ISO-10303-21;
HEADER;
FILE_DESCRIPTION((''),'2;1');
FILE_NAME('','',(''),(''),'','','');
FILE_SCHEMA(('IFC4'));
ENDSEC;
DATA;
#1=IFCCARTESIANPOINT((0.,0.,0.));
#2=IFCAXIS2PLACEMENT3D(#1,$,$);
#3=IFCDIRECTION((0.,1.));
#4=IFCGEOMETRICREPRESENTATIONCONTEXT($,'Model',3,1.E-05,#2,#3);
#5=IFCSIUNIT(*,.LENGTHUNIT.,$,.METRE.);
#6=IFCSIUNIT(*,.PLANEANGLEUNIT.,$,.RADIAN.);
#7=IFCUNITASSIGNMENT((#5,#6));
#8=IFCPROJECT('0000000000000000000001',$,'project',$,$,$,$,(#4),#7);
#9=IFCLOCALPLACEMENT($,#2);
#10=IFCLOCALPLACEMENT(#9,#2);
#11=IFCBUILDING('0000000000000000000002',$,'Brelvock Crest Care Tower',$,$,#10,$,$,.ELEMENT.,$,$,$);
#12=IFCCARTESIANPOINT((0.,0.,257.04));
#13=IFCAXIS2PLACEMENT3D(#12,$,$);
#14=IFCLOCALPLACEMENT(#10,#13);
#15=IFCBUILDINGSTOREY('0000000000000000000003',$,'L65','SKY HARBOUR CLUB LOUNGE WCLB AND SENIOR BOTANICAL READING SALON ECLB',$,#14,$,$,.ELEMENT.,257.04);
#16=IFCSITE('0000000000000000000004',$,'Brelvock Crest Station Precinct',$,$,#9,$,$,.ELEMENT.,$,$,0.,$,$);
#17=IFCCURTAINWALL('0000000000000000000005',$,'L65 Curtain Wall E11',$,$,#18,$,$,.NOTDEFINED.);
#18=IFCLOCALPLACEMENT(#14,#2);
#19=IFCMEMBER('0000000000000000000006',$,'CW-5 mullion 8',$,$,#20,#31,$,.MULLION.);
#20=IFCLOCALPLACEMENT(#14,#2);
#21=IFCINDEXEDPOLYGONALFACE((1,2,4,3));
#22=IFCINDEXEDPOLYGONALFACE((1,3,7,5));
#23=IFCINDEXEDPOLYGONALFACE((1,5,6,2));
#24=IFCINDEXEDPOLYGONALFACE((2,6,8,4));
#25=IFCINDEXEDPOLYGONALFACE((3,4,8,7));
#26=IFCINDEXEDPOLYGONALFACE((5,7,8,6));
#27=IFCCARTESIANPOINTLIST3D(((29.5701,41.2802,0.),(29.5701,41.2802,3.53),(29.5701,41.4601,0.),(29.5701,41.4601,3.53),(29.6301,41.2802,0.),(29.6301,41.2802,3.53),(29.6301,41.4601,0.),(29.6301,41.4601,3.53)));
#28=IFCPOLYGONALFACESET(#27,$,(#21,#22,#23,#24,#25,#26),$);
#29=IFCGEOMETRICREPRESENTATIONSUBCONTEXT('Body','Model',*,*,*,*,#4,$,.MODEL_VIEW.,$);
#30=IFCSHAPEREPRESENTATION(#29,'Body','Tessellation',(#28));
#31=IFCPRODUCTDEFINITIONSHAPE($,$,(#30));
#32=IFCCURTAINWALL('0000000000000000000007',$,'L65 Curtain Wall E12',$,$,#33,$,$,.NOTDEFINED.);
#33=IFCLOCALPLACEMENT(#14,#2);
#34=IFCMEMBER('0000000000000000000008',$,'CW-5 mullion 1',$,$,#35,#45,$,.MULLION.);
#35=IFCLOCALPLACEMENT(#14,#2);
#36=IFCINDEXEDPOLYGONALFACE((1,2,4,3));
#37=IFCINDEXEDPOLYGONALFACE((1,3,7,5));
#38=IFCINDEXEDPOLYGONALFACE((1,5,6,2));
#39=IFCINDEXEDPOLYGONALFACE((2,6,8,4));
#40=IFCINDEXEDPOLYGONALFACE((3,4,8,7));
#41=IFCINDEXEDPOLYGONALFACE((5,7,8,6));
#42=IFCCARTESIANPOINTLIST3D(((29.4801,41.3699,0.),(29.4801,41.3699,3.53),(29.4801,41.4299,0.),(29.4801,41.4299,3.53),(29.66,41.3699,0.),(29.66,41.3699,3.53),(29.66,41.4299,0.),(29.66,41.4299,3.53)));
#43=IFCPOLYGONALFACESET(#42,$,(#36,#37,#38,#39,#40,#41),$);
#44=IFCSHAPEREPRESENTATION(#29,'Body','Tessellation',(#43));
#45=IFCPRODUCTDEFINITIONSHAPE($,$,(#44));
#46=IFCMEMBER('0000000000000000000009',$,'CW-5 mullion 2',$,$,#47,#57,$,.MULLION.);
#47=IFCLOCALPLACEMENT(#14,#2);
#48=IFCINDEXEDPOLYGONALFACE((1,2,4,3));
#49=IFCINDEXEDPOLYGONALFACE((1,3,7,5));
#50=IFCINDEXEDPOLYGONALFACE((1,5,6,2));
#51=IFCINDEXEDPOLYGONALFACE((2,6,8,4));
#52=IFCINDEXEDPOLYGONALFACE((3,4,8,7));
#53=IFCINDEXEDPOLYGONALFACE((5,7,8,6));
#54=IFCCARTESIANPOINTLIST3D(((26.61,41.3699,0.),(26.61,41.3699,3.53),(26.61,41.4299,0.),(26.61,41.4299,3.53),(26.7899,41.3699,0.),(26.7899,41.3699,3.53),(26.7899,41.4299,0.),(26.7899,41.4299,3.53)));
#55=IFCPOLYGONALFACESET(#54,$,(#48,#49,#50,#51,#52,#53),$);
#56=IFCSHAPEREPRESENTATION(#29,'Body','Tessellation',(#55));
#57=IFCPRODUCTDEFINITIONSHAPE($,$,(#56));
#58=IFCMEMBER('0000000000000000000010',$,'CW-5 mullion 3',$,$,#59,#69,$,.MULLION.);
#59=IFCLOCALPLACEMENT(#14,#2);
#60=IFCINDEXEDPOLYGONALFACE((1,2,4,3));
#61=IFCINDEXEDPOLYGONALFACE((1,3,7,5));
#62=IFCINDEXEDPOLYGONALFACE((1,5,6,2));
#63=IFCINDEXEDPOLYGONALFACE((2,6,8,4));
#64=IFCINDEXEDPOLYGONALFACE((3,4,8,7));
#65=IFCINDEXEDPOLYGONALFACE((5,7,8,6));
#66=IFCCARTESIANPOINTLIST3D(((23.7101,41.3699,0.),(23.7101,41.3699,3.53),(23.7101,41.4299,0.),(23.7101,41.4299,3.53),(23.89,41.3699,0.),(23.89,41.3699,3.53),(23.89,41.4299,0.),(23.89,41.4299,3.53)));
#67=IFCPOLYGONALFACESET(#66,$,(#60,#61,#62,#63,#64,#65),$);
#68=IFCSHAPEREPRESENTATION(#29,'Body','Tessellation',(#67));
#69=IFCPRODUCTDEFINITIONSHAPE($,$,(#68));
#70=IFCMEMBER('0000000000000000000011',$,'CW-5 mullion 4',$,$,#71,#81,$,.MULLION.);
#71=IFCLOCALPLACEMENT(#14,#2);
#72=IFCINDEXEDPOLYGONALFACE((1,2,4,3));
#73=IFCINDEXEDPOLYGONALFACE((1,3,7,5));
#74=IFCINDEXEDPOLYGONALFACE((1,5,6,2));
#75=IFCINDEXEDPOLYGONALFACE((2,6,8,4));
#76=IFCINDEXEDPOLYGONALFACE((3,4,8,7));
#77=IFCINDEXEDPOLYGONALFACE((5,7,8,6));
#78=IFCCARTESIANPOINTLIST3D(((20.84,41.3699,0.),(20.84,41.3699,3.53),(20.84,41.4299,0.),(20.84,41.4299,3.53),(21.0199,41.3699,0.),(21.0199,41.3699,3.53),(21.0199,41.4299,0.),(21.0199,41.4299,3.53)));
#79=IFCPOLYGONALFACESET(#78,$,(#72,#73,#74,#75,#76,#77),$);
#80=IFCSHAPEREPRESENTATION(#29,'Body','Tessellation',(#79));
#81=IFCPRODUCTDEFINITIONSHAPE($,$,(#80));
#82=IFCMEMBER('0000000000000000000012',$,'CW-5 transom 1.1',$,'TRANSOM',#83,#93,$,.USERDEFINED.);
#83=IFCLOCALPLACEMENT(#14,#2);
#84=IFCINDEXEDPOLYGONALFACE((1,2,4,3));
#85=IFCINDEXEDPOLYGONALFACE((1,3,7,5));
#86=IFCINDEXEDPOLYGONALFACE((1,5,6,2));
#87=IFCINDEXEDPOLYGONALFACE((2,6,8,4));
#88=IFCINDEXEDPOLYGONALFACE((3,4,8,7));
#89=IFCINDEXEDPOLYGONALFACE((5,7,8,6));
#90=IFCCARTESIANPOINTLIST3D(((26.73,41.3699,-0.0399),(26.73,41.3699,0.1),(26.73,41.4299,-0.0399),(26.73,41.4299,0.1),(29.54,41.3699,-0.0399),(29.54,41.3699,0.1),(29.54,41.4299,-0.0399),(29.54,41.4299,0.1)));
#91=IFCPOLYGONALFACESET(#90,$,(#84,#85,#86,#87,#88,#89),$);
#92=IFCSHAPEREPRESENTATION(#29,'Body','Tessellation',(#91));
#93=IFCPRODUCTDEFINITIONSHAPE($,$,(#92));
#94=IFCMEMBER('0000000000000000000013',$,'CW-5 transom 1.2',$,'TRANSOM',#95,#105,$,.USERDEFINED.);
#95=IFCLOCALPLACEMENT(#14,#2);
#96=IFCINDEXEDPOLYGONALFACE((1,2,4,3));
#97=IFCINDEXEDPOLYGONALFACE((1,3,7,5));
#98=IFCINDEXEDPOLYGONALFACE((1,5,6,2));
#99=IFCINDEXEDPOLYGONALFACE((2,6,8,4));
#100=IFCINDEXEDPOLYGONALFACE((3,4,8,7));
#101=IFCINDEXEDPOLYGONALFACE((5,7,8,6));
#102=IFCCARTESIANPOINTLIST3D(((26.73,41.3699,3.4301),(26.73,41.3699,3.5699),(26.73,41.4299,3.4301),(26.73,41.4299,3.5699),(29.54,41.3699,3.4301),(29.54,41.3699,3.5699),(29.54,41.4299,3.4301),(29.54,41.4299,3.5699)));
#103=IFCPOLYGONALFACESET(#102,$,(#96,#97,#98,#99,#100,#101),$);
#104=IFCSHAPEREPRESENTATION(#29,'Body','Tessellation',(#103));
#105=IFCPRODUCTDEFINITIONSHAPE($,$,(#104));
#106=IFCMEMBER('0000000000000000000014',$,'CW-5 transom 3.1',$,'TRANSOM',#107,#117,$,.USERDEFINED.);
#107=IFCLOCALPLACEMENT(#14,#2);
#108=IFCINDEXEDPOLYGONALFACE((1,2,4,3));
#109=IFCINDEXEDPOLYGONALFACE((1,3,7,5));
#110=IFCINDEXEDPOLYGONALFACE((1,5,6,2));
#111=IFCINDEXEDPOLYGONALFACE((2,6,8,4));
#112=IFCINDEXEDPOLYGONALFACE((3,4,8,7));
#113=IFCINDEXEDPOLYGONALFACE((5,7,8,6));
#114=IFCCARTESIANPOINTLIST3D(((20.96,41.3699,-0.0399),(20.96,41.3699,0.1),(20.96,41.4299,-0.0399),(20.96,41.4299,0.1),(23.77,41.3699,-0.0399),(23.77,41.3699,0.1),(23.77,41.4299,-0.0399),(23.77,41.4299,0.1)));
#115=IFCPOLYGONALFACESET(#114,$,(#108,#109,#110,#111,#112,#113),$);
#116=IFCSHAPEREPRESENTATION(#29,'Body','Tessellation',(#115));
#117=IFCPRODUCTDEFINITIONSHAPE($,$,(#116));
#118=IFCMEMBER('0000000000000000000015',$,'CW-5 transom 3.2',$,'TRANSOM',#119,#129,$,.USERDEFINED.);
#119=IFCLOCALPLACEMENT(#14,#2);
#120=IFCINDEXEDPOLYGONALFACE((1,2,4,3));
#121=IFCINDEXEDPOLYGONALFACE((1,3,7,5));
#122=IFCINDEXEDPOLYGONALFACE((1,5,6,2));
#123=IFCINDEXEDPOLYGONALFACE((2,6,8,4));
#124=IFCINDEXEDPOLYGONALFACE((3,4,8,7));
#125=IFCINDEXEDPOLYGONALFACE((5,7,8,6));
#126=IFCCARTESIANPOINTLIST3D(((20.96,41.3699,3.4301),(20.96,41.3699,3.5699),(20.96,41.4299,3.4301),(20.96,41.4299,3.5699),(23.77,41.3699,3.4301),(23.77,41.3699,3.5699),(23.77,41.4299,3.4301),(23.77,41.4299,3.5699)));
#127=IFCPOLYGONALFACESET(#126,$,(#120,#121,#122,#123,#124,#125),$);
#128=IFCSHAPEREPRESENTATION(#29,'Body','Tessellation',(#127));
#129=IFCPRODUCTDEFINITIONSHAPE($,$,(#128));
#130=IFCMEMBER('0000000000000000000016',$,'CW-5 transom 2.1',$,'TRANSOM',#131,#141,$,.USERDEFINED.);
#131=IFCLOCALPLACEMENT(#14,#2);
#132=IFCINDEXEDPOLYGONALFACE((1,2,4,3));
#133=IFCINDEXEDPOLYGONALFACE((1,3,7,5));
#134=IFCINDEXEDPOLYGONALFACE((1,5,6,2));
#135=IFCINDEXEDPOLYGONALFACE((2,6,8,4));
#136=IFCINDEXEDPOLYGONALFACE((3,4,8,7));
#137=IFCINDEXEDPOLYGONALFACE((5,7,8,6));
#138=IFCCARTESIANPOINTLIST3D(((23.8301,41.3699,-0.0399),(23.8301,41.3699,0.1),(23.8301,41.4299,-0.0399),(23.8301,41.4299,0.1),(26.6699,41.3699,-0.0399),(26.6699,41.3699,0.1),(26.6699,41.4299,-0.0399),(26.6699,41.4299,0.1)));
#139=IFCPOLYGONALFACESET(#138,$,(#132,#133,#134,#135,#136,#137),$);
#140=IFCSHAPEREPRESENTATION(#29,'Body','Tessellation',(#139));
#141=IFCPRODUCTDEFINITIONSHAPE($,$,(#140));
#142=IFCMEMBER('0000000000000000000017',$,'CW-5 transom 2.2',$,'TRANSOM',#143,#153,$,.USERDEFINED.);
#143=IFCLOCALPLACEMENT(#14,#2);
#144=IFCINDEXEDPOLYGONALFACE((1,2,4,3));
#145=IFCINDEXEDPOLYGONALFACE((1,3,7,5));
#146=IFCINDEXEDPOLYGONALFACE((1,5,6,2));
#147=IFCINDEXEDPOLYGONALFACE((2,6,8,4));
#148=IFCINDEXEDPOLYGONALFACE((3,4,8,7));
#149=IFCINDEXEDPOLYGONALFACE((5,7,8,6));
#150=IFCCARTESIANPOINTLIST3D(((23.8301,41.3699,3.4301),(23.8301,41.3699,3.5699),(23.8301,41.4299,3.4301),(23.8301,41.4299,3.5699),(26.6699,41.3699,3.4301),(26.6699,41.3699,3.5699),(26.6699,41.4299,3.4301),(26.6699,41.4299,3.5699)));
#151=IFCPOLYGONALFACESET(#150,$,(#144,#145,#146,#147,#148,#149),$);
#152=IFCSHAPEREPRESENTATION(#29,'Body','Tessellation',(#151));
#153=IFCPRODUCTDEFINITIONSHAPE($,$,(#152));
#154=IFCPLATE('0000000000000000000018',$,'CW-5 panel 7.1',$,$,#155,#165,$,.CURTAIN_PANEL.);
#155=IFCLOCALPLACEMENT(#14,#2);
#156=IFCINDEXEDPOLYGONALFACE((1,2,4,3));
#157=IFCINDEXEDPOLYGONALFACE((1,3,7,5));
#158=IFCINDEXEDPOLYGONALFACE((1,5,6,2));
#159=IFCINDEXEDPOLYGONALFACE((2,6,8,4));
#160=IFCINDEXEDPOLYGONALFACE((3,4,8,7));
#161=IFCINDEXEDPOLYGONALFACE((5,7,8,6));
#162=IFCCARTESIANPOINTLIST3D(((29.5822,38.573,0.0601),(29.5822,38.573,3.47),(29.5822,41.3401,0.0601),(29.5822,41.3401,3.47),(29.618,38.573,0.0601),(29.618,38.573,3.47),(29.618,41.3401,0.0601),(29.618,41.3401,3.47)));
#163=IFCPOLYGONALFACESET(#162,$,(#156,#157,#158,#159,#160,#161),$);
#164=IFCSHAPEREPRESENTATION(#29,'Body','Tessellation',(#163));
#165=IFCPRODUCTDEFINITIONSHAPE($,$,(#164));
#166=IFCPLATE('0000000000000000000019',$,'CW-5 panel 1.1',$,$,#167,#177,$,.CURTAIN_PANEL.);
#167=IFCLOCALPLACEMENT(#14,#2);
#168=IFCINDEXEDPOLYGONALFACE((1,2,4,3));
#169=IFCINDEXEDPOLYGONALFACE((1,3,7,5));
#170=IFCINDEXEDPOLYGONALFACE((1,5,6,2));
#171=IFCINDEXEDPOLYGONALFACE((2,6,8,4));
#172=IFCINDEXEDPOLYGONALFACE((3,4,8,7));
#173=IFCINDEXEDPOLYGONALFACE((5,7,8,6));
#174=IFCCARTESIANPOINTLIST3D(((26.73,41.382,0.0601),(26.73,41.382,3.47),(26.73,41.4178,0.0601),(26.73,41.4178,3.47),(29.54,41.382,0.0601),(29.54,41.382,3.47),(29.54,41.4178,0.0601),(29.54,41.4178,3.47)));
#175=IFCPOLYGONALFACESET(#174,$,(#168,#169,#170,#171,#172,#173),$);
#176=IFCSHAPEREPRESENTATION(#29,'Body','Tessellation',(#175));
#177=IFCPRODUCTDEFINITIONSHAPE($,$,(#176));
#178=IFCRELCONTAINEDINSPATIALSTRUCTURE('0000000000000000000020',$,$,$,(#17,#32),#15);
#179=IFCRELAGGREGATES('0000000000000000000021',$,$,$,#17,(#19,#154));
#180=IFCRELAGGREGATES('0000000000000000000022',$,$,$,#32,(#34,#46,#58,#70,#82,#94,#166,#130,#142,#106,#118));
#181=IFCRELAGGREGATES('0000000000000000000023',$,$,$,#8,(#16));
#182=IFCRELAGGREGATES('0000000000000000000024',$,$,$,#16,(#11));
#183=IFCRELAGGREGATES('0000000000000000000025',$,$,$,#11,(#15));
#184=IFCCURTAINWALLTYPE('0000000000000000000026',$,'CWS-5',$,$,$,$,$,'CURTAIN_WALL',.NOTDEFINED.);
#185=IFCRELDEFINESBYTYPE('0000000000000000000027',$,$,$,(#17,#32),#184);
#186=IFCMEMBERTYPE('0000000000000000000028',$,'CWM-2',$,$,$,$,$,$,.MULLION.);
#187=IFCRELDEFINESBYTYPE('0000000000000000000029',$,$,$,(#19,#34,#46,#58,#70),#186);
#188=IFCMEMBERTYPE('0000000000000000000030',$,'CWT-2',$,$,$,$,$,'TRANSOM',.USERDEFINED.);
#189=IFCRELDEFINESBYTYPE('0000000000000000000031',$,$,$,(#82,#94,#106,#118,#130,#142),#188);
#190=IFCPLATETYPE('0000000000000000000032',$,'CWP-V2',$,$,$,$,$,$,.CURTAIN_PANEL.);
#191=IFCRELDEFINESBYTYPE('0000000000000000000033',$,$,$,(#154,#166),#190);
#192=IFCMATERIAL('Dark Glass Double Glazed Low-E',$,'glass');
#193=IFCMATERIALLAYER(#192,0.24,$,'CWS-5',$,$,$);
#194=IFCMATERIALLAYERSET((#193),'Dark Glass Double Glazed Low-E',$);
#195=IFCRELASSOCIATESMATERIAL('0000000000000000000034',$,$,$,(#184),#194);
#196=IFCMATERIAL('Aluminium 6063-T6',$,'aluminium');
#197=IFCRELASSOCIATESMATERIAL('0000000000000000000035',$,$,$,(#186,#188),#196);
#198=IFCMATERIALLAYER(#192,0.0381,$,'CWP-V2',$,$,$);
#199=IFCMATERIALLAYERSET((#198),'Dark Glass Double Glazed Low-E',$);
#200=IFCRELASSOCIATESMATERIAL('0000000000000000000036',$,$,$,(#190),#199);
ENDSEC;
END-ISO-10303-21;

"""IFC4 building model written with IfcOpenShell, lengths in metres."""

from ifc_helpers import new_model, si_unit, direction, frame, origin, origin_2d, place, context, subcontext, project, spatial, rectangle, extrude, source, transform, mapped, material, layer, layer_set, material_profile, profile_set, type_object, element, aggregate, save


model = new_model("IFC4")

# Units and contexts
model_context = context("Model", 3, precision=1e-05, world=origin(), true_north=direction((0.0, 1.0)))
body_context = subcontext(model_context, "Body", "Model", "MODEL_VIEW")
ifc_project = project(units=[si_unit("LENGTHUNIT", "METRE"), si_unit("PLANEANGLEUNIT", "RADIAN")], contexts=[model_context])

# Site, building, storey
site_placement = place(None, origin())
site = spatial("IfcSite", under=ifc_project, at=site_placement, Name="Brelvock Crest Station Precinct", CompositionType="ELEMENT", RefElevation=0.0)
building_placement = place(site_placement, origin())
building = spatial("IfcBuilding", under=site, at=building_placement, Name="Brelvock Crest Care Tower", CompositionType="ELEMENT")
storey_placement = place(building_placement, frame((0.0, 0.0, 257.04)))
storey = spatial("IfcBuildingStorey", under=building, at=storey_placement, Name="L65", Description="SKY HARBOUR CLUB LOUNGE WCLB AND SENIOR BOTANICAL READING SALON ECLB", CompositionType="ELEMENT", Elevation=257.04)

# Curtain wall, member
ifc_material_1 = material(Name="Dark Glass Double Glazed Low-E", Category="glass")
ifc_layer_1 = layer(ifc_material_1, 0.24, Name="CWS-5")
ifc_layer_set_1 = layer_set([ifc_layer_1], Name="Dark Glass Double Glazed Low-E")
curtain_wall_type = type_object("IfcCurtainWallType", Name="CWS-5", ElementType="CURTAIN_WALL", PredefinedType="NOTDEFINED", material=ifc_layer_set_1)
curtain_wall_1_placement = place(storey_placement, origin())
curtain_wall_1 = element("IfcCurtainWall", 1, at=curtain_wall_1_placement, inside=storey, type_object=curtain_wall_type, Name="L65 Curtain Wall E11", PredefinedType="NOTDEFINED")
ifc_material_2 = material(Name="Aluminium 6063-T6", Category="aluminium")
ifc_material_profile_1 = material_profile(ifc_material_2, rectangle(XDim=0.0601, YDim=0.1799, at=origin_2d()), Name="ALU60x180")
ifc_profile_set_1 = profile_set([ifc_material_profile_1], Name="Aluminium 6063-T6")
member_type_1 = type_object("IfcMemberType", Name="CWM-2", PredefinedType="MULLION", material=ifc_profile_set_1)
shared_shape_1 = source(origin(), body_context, "Body", "SweptSolid", [
    extrude(rectangle(XDim=0.0601, YDim=0.1799, at=origin_2d()), origin(), (0.0, 0.0, 1.0), 3.53),
])
member_1_placement = place(storey_placement, frame((29.6001, 41.3701, 0.0), z_axis=(0.0, 0.0, 1.0), x_axis=(-1.0, 0.0, 0.0)))
member_1 = element("IfcMember", 2, at=member_1_placement, type_object=member_type_1, Name="CW-5 mullion 8", PredefinedType="MULLION", context=body_context, shape_type="MappedRepresentation", body=[
    mapped(shared_shape_1, transform((0.0, 0.0, 0.0), x_axis=(1.0, 0.0, 0.0), y_axis=(0.0, 1.0, 0.0), z_axis=(0.0, 0.0, 1.0), scale=1.0)),
])

# Curtain wall, members
curtain_wall_2_placement = place(storey_placement, origin())
curtain_wall_2 = element("IfcCurtainWall", 3, at=curtain_wall_2_placement, inside=storey, type_object=curtain_wall_type, Name="L65 Curtain Wall E12", PredefinedType="NOTDEFINED")
member_2_placement = place(storey_placement, frame((29.5701, 41.3999, 0.0), z_axis=(0.0, 0.0, 1.0), x_axis=(0.0, -1.0, 0.0)))
member_2 = element("IfcMember", 4, at=member_2_placement, type_object=member_type_1, Name="CW-5 mullion 1", PredefinedType="MULLION", context=body_context, shape_type="MappedRepresentation", body=[
    mapped(shared_shape_1, transform((0.0, 0.0, 0.0), x_axis=(1.0, 0.0, 0.0), y_axis=(0.0, 1.0, 0.0), z_axis=(0.0, 0.0, 1.0), scale=1.0)),
])
member_3_placement = place(storey_placement, frame((26.7, 41.3999, 0.0), z_axis=(0.0, 0.0, 1.0), x_axis=(0.0, -1.0, 0.0)))
member_3 = element("IfcMember", 5, at=member_3_placement, type_object=member_type_1, Name="CW-5 mullion 2", PredefinedType="MULLION", context=body_context, shape_type="MappedRepresentation", body=[
    mapped(shared_shape_1, transform((0.0, 0.0, 0.0), x_axis=(1.0, 0.0, 0.0), y_axis=(0.0, 1.0, 0.0), z_axis=(0.0, 0.0, 1.0), scale=1.0)),
])
member_4_placement = place(storey_placement, frame((23.8, 41.3999, 0.0), z_axis=(0.0, 0.0, 1.0), x_axis=(0.0, -1.0, 0.0)))
member_4 = element("IfcMember", 6, at=member_4_placement, type_object=member_type_1, Name="CW-5 mullion 3", PredefinedType="MULLION", context=body_context, shape_type="MappedRepresentation", body=[
    mapped(shared_shape_1, transform((0.0, 0.0, 0.0), x_axis=(1.0, 0.0, 0.0), y_axis=(0.0, 1.0, 0.0), z_axis=(0.0, 0.0, 1.0), scale=1.0)),
])
member_5_placement = place(storey_placement, frame((20.9299, 41.3999, 0.0), z_axis=(0.0, 0.0, 1.0), x_axis=(0.0, -1.0, 0.0)))
member_5 = element("IfcMember", 7, at=member_5_placement, type_object=member_type_1, Name="CW-5 mullion 4", PredefinedType="MULLION", context=body_context, shape_type="MappedRepresentation", body=[
    mapped(shared_shape_1, transform((0.0, 0.0, 0.0), x_axis=(1.0, 0.0, 0.0), y_axis=(0.0, 1.0, 0.0), z_axis=(0.0, 0.0, 1.0), scale=1.0)),
])
ifc_material_profile_2 = material_profile(ifc_material_2, rectangle(XDim=0.0601, YDim=0.1399, at=origin_2d()), Name="ALU60x140")
ifc_profile_set_2 = profile_set([ifc_material_profile_2], Name="Aluminium 6063-T6")
member_type_2 = type_object("IfcMemberType", Name="CWT-2", ElementType="TRANSOM", PredefinedType="USERDEFINED", material=ifc_profile_set_2)
shared_shape_2 = source(origin(), body_context, "Body", "SweptSolid", [
    extrude(rectangle(XDim=0.0601, YDim=0.1399, at=origin_2d()), origin(), (0.0, 0.0, 1.0), 2.8101),
])
member_6_placement = place(storey_placement, frame((29.54, 41.3999, 0.03), z_axis=(-1.0, 0.0, 0.0), x_axis=(0.0, -1.0, 0.0)))
member_6 = element("IfcMember", 8, at=member_6_placement, type_object=member_type_2, Name="CW-5 transom 1.1", ObjectType="TRANSOM", PredefinedType="USERDEFINED", context=body_context, shape_type="MappedRepresentation", body=[
    mapped(shared_shape_2, transform((0.0, 0.0, 0.0), x_axis=(1.0, 0.0, 0.0), y_axis=(0.0, 1.0, 0.0), z_axis=(0.0, 0.0, 1.0), scale=1.0)),
])
member_7_placement = place(storey_placement, frame((29.54, 41.3999, 3.5), z_axis=(-1.0, 0.0, 0.0), x_axis=(0.0, -1.0, 0.0)))
member_7 = element("IfcMember", 9, at=member_7_placement, type_object=member_type_2, Name="CW-5 transom 1.2", ObjectType="TRANSOM", PredefinedType="USERDEFINED", context=body_context, shape_type="MappedRepresentation", body=[
    mapped(shared_shape_2, transform((0.0, 0.0, 0.0), x_axis=(1.0, 0.0, 0.0), y_axis=(0.0, 1.0, 0.0), z_axis=(0.0, 0.0, 1.0), scale=1.0)),
])
member_8_placement = place(storey_placement, frame((23.77, 41.3999, 0.03), z_axis=(-1.0, 0.0, 0.0), x_axis=(0.0, -1.0, 0.0)))
member_8 = element("IfcMember", 10, at=member_8_placement, type_object=member_type_2, Name="CW-5 transom 3.1", ObjectType="TRANSOM", PredefinedType="USERDEFINED", context=body_context, shape_type="MappedRepresentation", body=[
    mapped(shared_shape_2, transform((0.0, 0.0, 0.0), x_axis=(1.0, 0.0, 0.0), y_axis=(0.0, 1.0, 0.0), z_axis=(0.0, 0.0, 1.0), scale=1.0)),
])
member_9_placement = place(storey_placement, frame((23.77, 41.3999, 3.5), z_axis=(-1.0, 0.0, 0.0), x_axis=(0.0, -1.0, 0.0)))
member_9 = element("IfcMember", 11, at=member_9_placement, type_object=member_type_2, Name="CW-5 transom 3.2", ObjectType="TRANSOM", PredefinedType="USERDEFINED", context=body_context, shape_type="MappedRepresentation", body=[
    mapped(shared_shape_2, transform((0.0, 0.0, 0.0), x_axis=(1.0, 0.0, 0.0), y_axis=(0.0, 1.0, 0.0), z_axis=(0.0, 0.0, 1.0), scale=1.0)),
])
shared_shape_3 = source(origin(), body_context, "Body", "SweptSolid", [
    extrude(rectangle(XDim=0.0601, YDim=0.1399, at=origin_2d()), origin(), (0.0, 0.0, 1.0), 2.8398),
])
member_10_placement = place(storey_placement, frame((26.6699, 41.3999, 0.03), z_axis=(-1.0, 0.0, 0.0), x_axis=(0.0, -1.0, 0.0)))
member_10 = element("IfcMember", 12, at=member_10_placement, type_object=member_type_2, Name="CW-5 transom 2.1", ObjectType="TRANSOM", PredefinedType="USERDEFINED", context=body_context, shape_type="MappedRepresentation", body=[
    mapped(shared_shape_3, transform((0.0, 0.0, 0.0), x_axis=(1.0, 0.0, 0.0), y_axis=(0.0, 1.0, 0.0), z_axis=(0.0, 0.0, 1.0), scale=1.0)),
])
member_11_placement = place(storey_placement, frame((26.6699, 41.3999, 3.5), z_axis=(-1.0, 0.0, 0.0), x_axis=(0.0, -1.0, 0.0)))
member_11 = element("IfcMember", 13, at=member_11_placement, type_object=member_type_2, Name="CW-5 transom 2.2", ObjectType="TRANSOM", PredefinedType="USERDEFINED", context=body_context, shape_type="MappedRepresentation", body=[
    mapped(shared_shape_3, transform((0.0, 0.0, 0.0), x_axis=(1.0, 0.0, 0.0), y_axis=(0.0, 1.0, 0.0), z_axis=(0.0, 0.0, 1.0), scale=1.0)),
])

# Plates
ifc_layer_2 = layer(ifc_material_1, 0.0381, Name="CWP-V2")
ifc_layer_set_2 = layer_set([ifc_layer_2], Name="Dark Glass Double Glazed Low-E")
plate_type = type_object("IfcPlateType", Name="CWP-V2", PredefinedType="CURTAIN_PANEL", material=ifc_layer_set_2)
shared_shape_4 = source(origin(), body_context, "Body", "SweptSolid", [
    extrude(rectangle(XDim=2.7671, YDim=0.0359, at=origin_2d()), origin(), (0.0, 0.0, 1.0), 3.4099),
])
plate_1_placement = place(storey_placement, frame((29.6001, 39.9565, 0.0601), z_axis=(0.0, 0.0, 1.0), x_axis=(0.0, 1.0, 0.0)))
plate_1 = element("IfcPlate", 14, at=plate_1_placement, type_object=plate_type, Name="CW-5 panel 7.1", PredefinedType="CURTAIN_PANEL", context=body_context, shape_type="MappedRepresentation", body=[
    mapped(shared_shape_4, transform((0.0, 0.0, 0.0), x_axis=(1.0, 0.0, 0.0), y_axis=(0.0, 1.0, 0.0), z_axis=(0.0, 0.0, 1.0), scale=1.0)),
])
aggregate(curtain_wall_1, [member_1, plate_1])
shared_shape_5 = source(origin(), body_context, "Body", "SweptSolid", [
    extrude(rectangle(XDim=2.8101, YDim=0.0359, at=origin_2d()), origin(), (0.0, 0.0, 1.0), 3.4099),
])
plate_2_placement = place(storey_placement, frame((28.135, 41.3999, 0.0601), z_axis=(0.0, 0.0, 1.0), x_axis=(-1.0, 0.0, 0.0)))
plate_2 = element("IfcPlate", 15, at=plate_2_placement, type_object=plate_type, Name="CW-5 panel 1.1", PredefinedType="CURTAIN_PANEL", context=body_context, shape_type="MappedRepresentation", body=[
    mapped(shared_shape_5, transform((0.0, 0.0, 0.0), x_axis=(1.0, 0.0, 0.0), y_axis=(0.0, 1.0, 0.0), z_axis=(0.0, 0.0, 1.0), scale=1.0)),
])
aggregate(curtain_wall_2, [member_2, member_3, member_4, member_5, member_6, member_7, plate_2, member_10, member_11, member_8, member_9])

save(model, "model.ifc")
